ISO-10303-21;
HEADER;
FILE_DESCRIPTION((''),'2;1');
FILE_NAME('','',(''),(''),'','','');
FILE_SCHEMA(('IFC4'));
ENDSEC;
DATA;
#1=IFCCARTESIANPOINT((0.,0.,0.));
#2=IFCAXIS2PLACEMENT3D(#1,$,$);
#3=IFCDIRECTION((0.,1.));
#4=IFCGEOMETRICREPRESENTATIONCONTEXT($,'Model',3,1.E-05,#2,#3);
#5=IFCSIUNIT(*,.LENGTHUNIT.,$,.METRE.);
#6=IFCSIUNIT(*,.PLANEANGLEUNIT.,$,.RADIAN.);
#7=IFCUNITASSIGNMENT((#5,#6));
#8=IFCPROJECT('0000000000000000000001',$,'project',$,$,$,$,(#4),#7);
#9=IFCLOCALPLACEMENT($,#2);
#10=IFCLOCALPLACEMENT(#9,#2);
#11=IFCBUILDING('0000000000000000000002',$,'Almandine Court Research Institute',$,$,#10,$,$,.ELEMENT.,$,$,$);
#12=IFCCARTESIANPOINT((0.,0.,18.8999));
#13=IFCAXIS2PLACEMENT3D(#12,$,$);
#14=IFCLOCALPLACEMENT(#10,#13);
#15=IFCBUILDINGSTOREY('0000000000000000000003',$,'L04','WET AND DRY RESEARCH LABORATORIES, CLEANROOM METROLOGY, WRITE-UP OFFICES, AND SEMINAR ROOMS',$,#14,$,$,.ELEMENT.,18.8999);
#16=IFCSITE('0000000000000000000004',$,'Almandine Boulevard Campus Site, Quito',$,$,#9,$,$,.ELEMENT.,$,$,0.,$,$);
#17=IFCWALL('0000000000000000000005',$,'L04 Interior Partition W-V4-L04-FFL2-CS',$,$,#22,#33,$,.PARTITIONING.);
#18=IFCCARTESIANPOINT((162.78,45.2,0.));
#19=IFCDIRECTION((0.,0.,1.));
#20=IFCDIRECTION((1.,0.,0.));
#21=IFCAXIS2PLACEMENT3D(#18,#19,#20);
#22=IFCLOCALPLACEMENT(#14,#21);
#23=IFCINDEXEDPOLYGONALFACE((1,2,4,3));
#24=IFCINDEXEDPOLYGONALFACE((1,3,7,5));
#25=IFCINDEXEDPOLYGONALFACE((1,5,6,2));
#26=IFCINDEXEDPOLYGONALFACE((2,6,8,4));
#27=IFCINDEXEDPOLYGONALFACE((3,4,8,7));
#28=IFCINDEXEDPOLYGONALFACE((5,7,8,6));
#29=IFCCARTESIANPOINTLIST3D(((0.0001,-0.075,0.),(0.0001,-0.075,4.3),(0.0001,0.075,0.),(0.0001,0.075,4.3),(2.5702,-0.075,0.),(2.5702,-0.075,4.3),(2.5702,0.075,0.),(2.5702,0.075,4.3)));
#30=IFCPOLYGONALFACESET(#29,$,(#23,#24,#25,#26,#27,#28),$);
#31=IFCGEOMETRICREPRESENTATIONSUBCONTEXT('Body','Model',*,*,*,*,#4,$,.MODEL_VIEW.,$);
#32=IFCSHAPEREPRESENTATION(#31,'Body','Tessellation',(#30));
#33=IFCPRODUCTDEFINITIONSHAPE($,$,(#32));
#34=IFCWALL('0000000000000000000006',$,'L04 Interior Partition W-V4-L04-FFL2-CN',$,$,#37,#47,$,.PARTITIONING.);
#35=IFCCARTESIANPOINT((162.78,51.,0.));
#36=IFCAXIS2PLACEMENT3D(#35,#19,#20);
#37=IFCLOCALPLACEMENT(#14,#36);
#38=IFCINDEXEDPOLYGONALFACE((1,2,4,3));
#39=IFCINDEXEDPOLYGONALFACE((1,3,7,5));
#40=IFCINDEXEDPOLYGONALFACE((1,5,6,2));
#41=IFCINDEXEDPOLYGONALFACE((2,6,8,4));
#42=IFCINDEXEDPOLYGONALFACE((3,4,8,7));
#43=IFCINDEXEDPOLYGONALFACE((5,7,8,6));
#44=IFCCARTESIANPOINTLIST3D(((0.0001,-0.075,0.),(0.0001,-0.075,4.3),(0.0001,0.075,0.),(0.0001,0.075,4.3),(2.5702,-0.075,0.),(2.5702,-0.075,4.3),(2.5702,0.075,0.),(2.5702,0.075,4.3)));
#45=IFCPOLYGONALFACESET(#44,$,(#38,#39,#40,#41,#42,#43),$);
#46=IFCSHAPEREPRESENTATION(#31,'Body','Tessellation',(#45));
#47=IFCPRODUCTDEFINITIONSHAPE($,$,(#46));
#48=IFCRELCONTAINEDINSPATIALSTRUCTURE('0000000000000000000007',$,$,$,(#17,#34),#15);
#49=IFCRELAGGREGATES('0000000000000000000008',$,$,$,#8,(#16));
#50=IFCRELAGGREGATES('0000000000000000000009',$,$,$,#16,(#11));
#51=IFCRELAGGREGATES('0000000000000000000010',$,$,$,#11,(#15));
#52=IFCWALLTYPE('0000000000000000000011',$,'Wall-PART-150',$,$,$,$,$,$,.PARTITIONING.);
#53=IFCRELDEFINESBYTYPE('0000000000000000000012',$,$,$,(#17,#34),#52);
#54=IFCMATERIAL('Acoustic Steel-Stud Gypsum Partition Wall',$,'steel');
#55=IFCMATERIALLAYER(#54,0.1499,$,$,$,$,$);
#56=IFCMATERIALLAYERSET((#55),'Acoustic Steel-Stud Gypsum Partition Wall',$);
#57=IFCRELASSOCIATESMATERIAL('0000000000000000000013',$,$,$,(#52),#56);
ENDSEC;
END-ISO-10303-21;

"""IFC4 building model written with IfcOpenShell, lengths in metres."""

from ifc_helpers import new_model, si_unit, direction, frame, frame_2d, origin, place, context, subcontext, project, spatial, rectangle, extrude, material, layer, layer_set, type_object, element, save


model = new_model("IFC4")

# Units and contexts
model_context = context("Model", 3, precision=1e-05, world=origin(), true_north=direction((0.0, 1.0)))
body_context = subcontext(model_context, "Body", "Model", "MODEL_VIEW")
ifc_project = project(units=[si_unit("LENGTHUNIT", "METRE"), si_unit("PLANEANGLEUNIT", "RADIAN")], contexts=[model_context])

# Site, building, storey
site_placement = place(None, origin())
site = spatial("IfcSite", under=ifc_project, at=site_placement, Name="Almandine Boulevard Campus Site, Quito", CompositionType="ELEMENT", RefElevation=0.0)
building_placement = place(site_placement, origin())
building = spatial("IfcBuilding", under=site, at=building_placement, Name="Almandine Court Research Institute", CompositionType="ELEMENT")
storey_placement = place(building_placement, frame((0.0, 0.0, 18.8999)))
storey = spatial("IfcBuildingStorey", under=building, at=storey_placement, Name="L04", Description="WET AND DRY RESEARCH LABORATORIES, CLEANROOM METROLOGY, WRITE-UP OFFICES, AND SEMINAR ROOMS", CompositionType="ELEMENT", Elevation=18.8999)

# Walls
ifc_material_1 = material(Name="Acoustic Steel-Stud Gypsum Partition Wall", Category="steel")
ifc_layer_1 = layer(ifc_material_1, 0.1499)
ifc_layer_set_1 = layer_set([ifc_layer_1], Name="Acoustic Steel-Stud Gypsum Partition Wall")
wall_type_1 = type_object("IfcWallType", Name="Wall-PART-150", PredefinedType="PARTITIONING", material=ifc_layer_set_1)
for number, where, z_axis, x_axis, name in (
    (1, (162.78, 45.2, 0.0), (0.0, 0.0, 1.0), (1.0, 0.0, 0.0), "L04 Interior Partition W-V4-L04-FFL2-CS"),
    (2, (162.78, 51.0, 0.0), (0.0, 0.0, 1.0), (1.0, 0.0, 0.0), "L04 Interior Partition W-V4-L04-FFL2-CN"),
):
    element("IfcWall", number, at=place(storey_placement, frame(where, z_axis=z_axis, x_axis=x_axis)), inside=storey, type_object=wall_type_1, Name=name, PredefinedType="PARTITIONING", context=body_context, shape_type="SweptSolid", body=[
        extrude(rectangle(XDim=2.5701, YDim=0.1499, at=frame_2d((1.2852, 0.0))), origin(), (0.0, 0.0, 1.0), 4.3),
    ])

save(model, "model.ifc")
